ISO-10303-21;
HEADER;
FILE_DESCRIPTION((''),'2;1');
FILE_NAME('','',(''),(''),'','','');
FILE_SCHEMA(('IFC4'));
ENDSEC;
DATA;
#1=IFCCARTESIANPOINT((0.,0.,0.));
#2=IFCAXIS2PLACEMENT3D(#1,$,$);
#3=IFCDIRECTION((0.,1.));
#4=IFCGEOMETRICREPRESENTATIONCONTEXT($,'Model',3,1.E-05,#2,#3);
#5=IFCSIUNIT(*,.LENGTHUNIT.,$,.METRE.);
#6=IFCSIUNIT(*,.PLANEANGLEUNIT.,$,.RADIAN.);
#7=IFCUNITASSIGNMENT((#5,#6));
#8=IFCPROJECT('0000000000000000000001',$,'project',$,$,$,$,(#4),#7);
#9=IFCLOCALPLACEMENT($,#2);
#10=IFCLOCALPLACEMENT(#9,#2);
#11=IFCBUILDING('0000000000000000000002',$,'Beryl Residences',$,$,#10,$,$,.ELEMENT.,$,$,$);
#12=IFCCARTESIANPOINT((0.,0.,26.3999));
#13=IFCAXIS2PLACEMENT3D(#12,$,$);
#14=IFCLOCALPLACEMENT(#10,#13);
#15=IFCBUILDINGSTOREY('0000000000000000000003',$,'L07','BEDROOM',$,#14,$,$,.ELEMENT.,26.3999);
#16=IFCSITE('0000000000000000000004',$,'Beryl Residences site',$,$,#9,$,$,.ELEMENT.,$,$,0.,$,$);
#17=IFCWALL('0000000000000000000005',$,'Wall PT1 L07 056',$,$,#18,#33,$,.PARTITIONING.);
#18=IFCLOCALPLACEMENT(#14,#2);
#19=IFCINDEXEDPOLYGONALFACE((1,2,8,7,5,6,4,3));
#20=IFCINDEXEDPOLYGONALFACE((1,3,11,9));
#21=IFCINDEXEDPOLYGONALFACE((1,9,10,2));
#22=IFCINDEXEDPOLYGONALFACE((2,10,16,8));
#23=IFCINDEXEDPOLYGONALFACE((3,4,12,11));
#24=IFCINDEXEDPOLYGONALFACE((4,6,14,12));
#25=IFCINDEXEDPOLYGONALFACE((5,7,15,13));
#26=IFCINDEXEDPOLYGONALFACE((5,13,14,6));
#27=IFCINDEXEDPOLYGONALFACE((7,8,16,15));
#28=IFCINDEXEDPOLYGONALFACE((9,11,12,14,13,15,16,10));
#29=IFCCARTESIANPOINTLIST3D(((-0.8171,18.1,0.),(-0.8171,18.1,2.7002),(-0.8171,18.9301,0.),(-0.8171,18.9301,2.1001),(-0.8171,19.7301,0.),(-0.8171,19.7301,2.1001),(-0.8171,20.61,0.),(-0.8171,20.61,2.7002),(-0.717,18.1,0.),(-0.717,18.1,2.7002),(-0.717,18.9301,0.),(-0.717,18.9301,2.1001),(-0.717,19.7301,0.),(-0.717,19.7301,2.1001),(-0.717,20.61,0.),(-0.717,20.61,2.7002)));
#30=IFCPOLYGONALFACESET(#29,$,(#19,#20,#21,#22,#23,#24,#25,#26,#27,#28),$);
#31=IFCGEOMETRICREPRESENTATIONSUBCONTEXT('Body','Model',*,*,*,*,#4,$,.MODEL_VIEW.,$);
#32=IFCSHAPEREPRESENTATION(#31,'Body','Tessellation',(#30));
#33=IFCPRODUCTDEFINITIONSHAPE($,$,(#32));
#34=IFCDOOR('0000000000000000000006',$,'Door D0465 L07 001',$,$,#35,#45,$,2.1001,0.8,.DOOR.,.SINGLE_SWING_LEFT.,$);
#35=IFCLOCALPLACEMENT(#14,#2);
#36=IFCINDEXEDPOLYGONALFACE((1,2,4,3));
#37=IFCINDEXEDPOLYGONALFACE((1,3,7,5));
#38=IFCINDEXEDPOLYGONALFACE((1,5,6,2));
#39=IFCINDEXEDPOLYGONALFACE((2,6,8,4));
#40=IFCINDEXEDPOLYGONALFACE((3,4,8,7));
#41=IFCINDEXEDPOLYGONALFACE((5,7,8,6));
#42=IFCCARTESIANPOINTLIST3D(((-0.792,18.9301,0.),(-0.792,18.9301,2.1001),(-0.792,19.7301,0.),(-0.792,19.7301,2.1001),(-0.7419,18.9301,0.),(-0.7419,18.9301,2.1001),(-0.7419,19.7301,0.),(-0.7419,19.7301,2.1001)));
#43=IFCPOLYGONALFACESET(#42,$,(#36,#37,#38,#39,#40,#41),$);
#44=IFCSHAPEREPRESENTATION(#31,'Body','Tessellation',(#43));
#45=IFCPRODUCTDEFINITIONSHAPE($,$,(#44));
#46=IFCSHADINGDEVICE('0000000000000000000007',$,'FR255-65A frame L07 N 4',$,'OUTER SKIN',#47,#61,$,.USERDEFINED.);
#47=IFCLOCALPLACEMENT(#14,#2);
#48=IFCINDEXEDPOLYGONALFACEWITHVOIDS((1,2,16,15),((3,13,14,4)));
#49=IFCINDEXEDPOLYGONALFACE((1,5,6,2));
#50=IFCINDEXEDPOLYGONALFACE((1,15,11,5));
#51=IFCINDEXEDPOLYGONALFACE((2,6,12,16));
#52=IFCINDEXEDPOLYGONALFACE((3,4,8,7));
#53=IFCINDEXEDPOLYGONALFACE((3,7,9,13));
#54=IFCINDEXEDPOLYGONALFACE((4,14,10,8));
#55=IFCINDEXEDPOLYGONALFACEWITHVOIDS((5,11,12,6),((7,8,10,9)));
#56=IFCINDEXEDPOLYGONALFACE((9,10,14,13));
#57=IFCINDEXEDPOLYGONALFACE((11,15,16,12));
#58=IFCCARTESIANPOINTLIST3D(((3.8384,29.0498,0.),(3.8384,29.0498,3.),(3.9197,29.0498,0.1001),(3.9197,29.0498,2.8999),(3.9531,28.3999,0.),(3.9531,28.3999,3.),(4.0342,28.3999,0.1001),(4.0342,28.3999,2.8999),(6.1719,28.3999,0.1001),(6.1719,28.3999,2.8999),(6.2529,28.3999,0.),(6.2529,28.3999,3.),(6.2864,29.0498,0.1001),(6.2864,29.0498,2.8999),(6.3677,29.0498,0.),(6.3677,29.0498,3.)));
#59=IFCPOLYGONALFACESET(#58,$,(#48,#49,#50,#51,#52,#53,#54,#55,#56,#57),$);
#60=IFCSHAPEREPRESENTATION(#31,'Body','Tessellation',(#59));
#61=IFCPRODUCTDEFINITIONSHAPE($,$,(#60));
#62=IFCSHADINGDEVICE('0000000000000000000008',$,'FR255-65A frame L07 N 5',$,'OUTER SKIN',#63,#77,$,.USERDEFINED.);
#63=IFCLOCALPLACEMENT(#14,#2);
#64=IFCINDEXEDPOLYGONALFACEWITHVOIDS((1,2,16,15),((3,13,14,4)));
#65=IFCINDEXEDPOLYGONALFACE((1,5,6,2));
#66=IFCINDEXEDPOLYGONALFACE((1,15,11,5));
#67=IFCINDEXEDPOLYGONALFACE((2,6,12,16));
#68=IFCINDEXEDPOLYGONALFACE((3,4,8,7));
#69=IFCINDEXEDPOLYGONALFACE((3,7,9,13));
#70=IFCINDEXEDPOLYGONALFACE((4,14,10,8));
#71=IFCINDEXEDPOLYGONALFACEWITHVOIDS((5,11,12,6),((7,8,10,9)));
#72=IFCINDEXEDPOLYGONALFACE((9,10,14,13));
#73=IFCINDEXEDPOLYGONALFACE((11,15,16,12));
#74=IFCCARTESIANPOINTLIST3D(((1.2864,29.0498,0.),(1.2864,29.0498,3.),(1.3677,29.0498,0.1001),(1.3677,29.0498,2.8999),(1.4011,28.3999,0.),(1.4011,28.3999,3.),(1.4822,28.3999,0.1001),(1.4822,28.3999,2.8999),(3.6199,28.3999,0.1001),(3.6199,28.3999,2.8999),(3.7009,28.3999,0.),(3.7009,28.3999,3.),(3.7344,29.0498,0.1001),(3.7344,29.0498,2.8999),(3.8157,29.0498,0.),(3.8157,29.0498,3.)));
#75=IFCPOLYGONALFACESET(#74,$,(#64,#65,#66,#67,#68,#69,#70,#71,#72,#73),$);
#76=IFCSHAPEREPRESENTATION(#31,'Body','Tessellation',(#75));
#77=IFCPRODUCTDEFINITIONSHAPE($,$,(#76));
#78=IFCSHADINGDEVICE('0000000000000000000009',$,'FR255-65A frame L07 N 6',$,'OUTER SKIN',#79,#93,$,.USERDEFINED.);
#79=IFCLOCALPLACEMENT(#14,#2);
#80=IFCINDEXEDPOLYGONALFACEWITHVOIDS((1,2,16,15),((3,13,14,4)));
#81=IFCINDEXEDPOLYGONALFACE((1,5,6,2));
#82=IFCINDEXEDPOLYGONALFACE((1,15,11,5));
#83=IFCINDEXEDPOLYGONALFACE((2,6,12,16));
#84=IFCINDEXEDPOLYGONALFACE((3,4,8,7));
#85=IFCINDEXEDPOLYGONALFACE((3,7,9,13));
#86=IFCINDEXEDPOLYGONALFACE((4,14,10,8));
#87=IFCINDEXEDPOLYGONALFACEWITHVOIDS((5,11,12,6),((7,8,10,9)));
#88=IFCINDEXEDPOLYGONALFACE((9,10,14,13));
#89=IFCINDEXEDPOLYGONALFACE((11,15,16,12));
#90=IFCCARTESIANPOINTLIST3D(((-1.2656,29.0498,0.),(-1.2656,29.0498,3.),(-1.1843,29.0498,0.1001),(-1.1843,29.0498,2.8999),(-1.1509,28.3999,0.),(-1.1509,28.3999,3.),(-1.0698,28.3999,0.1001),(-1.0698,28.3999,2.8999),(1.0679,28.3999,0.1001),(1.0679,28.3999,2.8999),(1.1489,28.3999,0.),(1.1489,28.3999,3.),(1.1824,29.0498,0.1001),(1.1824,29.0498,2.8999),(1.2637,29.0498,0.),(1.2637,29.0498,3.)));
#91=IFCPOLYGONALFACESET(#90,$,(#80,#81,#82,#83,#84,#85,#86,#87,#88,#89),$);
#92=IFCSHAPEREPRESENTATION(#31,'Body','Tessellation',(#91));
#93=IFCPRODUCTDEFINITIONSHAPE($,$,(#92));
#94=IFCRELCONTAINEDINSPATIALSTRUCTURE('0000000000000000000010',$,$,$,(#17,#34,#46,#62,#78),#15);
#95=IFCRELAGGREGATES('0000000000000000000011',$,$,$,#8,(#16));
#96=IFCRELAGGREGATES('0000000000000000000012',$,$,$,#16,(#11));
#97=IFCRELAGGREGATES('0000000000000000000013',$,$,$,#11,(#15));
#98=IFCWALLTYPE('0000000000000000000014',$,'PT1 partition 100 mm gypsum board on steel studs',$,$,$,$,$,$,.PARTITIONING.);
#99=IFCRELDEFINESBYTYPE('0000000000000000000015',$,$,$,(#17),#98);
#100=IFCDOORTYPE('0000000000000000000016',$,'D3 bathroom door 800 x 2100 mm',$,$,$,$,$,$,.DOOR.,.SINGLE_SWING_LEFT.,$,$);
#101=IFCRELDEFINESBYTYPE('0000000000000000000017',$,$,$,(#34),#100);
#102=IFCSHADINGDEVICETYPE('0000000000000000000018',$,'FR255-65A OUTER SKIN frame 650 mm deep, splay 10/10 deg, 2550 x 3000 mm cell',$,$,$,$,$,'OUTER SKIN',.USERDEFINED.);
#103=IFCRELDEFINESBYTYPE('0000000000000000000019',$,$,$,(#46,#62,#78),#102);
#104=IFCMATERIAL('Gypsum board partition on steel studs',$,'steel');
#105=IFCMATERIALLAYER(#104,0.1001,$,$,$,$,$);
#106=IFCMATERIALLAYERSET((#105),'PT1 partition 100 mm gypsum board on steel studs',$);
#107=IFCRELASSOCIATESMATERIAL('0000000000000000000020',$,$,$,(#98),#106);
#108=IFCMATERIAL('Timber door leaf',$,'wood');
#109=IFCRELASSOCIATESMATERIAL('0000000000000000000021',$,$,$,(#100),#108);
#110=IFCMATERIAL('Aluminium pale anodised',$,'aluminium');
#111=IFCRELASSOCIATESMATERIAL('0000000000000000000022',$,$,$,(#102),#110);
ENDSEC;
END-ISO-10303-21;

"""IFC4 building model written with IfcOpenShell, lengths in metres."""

from ifc_helpers import new_model, entity, si_unit, direction, frame, frame_2d, origin, place, context, subcontext, project, spatial, rectangle, extrude, source, transform, mapped, material, layer, layer_set, type_object, type_shapes, element, fill, save


model = new_model("IFC4")

# Units and contexts
model_context = context("Model", 3, precision=1e-05, world=origin(), true_north=direction((0.0, 1.0)))
body_context = subcontext(model_context, "Body", "Model", "MODEL_VIEW")
ifc_project = project(units=[si_unit("LENGTHUNIT", "METRE"), si_unit("PLANEANGLEUNIT", "RADIAN")], contexts=[model_context])

# Site, building, storey
site_placement = place(None, origin())
site = spatial("IfcSite", under=ifc_project, at=site_placement, Name="Beryl Residences site", CompositionType="ELEMENT", RefElevation=0.0)
building_placement = place(site_placement, origin())
building = spatial("IfcBuilding", under=site, at=building_placement, Name="Beryl Residences", CompositionType="ELEMENT")
storey_placement = place(building_placement, frame((0.0, 0.0, 26.3999)))
storey = spatial("IfcBuildingStorey", under=building, at=storey_placement, Name="L07", Description="BEDROOM", CompositionType="ELEMENT", Elevation=26.3999)

# Shared definitions
ifc_material_1 = material(Name="Gypsum board partition on steel studs", Category="steel")
ifc_layer = layer(ifc_material_1, 0.1001)
ifc_layer_set = layer_set([ifc_layer], Name="PT1 partition 100 mm gypsum board on steel studs")
wall_type = type_object("IfcWallType", Name="PT1 partition 100 mm gypsum board on steel studs", PredefinedType="PARTITIONING", material=ifc_layer_set)
ifc_material_2 = material(Name="Timber door leaf", Category="wood")
door_type_1 = type_object("IfcDoorType", Name="D3 bathroom door 800 x 2100 mm", OperationType="SINGLE_SWING_LEFT", PredefinedType="DOOR", material=ifc_material_2)

# Wall, opening, door
wall_1_placement = place(storey_placement, frame((-0.7671, 18.1001, 0.0), z_axis=(0.0, 0.0, 1.0), x_axis=(0.0, 1.0, 0.0)))
wall_1 = element("IfcWall", 1, at=wall_1_placement, inside=storey, type_object=wall_type, Name="Wall PT1 L07 056", PredefinedType="PARTITIONING", context=body_context, shape_type="SweptSolid", body=[
    extrude(rectangle(XDim=2.51, YDim=0.1001, at=frame_2d((1.2549, 0.0))), origin(), (0.0, 0.0, 1.0), 2.7002),
])
opening_1_placement = place(wall_1_placement, frame((0.8301, 0.0, 0.0)))
opening_1 = element("IfcOpeningElement", 2, at=opening_1_placement, cuts=wall_1, PredefinedType="OPENING", context=body_context, shape_type="SweptSolid", body=[
    extrude(rectangle(XDim=0.8, YDim=2.1001, at=frame_2d((0.3999, 1.05))), frame((0.0, 0.0601, 0.0), z_axis=(0.0, -1.0, 0.0), x_axis=(1.0, 0.0, 0.0)), (0.0, 0.0, 1.0), 0.1201),
])
door_1_placement = place(opening_1_placement, origin())
door_1 = element("IfcDoor", 3, at=door_1_placement, inside=storey, type_object=door_type_1, Name="Door D0465 L07 001", OperationType="SINGLE_SWING_LEFT", OverallHeight=2.1001, OverallWidth=0.8, PredefinedType="DOOR", context=body_context, shape_type="SweptSolid", body=[
    extrude(rectangle(XDim=0.8, YDim=2.1001, at=frame_2d((0.3999, 1.05))), frame((0.0, 0.0249, 0.0), z_axis=(0.0, -1.0, 0.0), x_axis=(1.0, 0.0, 0.0)), (0.0, 0.0, 1.0), 0.05),
])
fill(opening_1, door_1)

# Shading devices
ifc_material_3 = material(Name="Aluminium pale anodised", Category="aluminium")
shading_device_type = type_object("IfcShadingDeviceType", Name="FR255-65A OUTER SKIN frame 650 mm deep, splay 10/10 deg, 2550 x 3000 mm cell", ElementType="OUTER SKIN", PredefinedType="USERDEFINED", material=ifc_material_3)
cartesian_point_1 = entity("IfcCartesianPoint", [-1.1499, 0.0])
cartesian_point_2 = entity("IfcCartesianPoint", [-1.0688, 0.1001])
cartesian_point_3 = entity("IfcCartesianPoint", [-1.2646, 0.0])
cartesian_point_4 = entity("IfcCartesianPoint", [-1.1833, 0.1001])
shared_shape = source(origin(), body_context, "Body", "SweptSolid", [
    entity("IfcExtrudedAreaSolidTapered", entity("IfcArbitraryProfileDefWithVoids", "AREA", None, entity("IfcPolyline", [cartesian_point_1, entity("IfcCartesianPoint", [1.1499, 0.0]), entity("IfcCartesianPoint", [1.1499, 3.0]), entity("IfcCartesianPoint", [-1.1499, 3.0]), cartesian_point_1]), [entity("IfcPolyline", [cartesian_point_2, entity("IfcCartesianPoint", [1.0688, 0.1001]), entity("IfcCartesianPoint", [1.0688, 2.8999]), entity("IfcCartesianPoint", [-1.0688, 2.8999]), cartesian_point_2])]), entity("IfcAxis2Placement3D", entity("IfcCartesianPoint", [0.0, 0.0, 0.0]), entity("IfcDirection", [0.0, 1.0, 0.0]), entity("IfcDirection", [-1.0, 0.0, 0.0])), entity("IfcDirection", [0.0, 0.0, 1.0]), 0.6499, entity("IfcArbitraryProfileDefWithVoids", "AREA", None, entity("IfcPolyline", [cartesian_point_3, entity("IfcCartesianPoint", [1.2646, 0.0]), entity("IfcCartesianPoint", [1.2646, 3.0]), entity("IfcCartesianPoint", [-1.2646, 3.0]), cartesian_point_3]), [entity("IfcPolyline", [cartesian_point_4, entity("IfcCartesianPoint", [1.1833, 0.1001]), entity("IfcCartesianPoint", [1.1833, 2.8999]), entity("IfcCartesianPoint", [-1.1833, 2.8999]), cartesian_point_4])])),
])
type_shapes(shading_device_type, [shared_shape])
for number, where, z_axis, x_axis, name in (
    (4, (5.103, 28.3999, 0.0), (0.0, 0.0, 1.0), (1.0, 0.0, 0.0), "FR255-65A frame L07 N 4"),
    (5, (2.551, 28.3999, 0.0), (0.0, 0.0, 1.0), (1.0, 0.0, 0.0), "FR255-65A frame L07 N 5"),
    (6, (-0.001, 28.3999, 0.0), (0.0, 0.0, 1.0), (1.0, 0.0, 0.0), "FR255-65A frame L07 N 6"),
):
    element("IfcShadingDevice", number, at=place(storey_placement, frame(where, z_axis=z_axis, x_axis=x_axis)), inside=storey, type_object=shading_device_type, Name=name, ObjectType="OUTER SKIN", PredefinedType="USERDEFINED", context=body_context, shape_type="MappedRepresentation", body=[
        mapped(shared_shape, transform((0.0, 0.0, 0.0))),
    ])

save(model, "model.ifc")
